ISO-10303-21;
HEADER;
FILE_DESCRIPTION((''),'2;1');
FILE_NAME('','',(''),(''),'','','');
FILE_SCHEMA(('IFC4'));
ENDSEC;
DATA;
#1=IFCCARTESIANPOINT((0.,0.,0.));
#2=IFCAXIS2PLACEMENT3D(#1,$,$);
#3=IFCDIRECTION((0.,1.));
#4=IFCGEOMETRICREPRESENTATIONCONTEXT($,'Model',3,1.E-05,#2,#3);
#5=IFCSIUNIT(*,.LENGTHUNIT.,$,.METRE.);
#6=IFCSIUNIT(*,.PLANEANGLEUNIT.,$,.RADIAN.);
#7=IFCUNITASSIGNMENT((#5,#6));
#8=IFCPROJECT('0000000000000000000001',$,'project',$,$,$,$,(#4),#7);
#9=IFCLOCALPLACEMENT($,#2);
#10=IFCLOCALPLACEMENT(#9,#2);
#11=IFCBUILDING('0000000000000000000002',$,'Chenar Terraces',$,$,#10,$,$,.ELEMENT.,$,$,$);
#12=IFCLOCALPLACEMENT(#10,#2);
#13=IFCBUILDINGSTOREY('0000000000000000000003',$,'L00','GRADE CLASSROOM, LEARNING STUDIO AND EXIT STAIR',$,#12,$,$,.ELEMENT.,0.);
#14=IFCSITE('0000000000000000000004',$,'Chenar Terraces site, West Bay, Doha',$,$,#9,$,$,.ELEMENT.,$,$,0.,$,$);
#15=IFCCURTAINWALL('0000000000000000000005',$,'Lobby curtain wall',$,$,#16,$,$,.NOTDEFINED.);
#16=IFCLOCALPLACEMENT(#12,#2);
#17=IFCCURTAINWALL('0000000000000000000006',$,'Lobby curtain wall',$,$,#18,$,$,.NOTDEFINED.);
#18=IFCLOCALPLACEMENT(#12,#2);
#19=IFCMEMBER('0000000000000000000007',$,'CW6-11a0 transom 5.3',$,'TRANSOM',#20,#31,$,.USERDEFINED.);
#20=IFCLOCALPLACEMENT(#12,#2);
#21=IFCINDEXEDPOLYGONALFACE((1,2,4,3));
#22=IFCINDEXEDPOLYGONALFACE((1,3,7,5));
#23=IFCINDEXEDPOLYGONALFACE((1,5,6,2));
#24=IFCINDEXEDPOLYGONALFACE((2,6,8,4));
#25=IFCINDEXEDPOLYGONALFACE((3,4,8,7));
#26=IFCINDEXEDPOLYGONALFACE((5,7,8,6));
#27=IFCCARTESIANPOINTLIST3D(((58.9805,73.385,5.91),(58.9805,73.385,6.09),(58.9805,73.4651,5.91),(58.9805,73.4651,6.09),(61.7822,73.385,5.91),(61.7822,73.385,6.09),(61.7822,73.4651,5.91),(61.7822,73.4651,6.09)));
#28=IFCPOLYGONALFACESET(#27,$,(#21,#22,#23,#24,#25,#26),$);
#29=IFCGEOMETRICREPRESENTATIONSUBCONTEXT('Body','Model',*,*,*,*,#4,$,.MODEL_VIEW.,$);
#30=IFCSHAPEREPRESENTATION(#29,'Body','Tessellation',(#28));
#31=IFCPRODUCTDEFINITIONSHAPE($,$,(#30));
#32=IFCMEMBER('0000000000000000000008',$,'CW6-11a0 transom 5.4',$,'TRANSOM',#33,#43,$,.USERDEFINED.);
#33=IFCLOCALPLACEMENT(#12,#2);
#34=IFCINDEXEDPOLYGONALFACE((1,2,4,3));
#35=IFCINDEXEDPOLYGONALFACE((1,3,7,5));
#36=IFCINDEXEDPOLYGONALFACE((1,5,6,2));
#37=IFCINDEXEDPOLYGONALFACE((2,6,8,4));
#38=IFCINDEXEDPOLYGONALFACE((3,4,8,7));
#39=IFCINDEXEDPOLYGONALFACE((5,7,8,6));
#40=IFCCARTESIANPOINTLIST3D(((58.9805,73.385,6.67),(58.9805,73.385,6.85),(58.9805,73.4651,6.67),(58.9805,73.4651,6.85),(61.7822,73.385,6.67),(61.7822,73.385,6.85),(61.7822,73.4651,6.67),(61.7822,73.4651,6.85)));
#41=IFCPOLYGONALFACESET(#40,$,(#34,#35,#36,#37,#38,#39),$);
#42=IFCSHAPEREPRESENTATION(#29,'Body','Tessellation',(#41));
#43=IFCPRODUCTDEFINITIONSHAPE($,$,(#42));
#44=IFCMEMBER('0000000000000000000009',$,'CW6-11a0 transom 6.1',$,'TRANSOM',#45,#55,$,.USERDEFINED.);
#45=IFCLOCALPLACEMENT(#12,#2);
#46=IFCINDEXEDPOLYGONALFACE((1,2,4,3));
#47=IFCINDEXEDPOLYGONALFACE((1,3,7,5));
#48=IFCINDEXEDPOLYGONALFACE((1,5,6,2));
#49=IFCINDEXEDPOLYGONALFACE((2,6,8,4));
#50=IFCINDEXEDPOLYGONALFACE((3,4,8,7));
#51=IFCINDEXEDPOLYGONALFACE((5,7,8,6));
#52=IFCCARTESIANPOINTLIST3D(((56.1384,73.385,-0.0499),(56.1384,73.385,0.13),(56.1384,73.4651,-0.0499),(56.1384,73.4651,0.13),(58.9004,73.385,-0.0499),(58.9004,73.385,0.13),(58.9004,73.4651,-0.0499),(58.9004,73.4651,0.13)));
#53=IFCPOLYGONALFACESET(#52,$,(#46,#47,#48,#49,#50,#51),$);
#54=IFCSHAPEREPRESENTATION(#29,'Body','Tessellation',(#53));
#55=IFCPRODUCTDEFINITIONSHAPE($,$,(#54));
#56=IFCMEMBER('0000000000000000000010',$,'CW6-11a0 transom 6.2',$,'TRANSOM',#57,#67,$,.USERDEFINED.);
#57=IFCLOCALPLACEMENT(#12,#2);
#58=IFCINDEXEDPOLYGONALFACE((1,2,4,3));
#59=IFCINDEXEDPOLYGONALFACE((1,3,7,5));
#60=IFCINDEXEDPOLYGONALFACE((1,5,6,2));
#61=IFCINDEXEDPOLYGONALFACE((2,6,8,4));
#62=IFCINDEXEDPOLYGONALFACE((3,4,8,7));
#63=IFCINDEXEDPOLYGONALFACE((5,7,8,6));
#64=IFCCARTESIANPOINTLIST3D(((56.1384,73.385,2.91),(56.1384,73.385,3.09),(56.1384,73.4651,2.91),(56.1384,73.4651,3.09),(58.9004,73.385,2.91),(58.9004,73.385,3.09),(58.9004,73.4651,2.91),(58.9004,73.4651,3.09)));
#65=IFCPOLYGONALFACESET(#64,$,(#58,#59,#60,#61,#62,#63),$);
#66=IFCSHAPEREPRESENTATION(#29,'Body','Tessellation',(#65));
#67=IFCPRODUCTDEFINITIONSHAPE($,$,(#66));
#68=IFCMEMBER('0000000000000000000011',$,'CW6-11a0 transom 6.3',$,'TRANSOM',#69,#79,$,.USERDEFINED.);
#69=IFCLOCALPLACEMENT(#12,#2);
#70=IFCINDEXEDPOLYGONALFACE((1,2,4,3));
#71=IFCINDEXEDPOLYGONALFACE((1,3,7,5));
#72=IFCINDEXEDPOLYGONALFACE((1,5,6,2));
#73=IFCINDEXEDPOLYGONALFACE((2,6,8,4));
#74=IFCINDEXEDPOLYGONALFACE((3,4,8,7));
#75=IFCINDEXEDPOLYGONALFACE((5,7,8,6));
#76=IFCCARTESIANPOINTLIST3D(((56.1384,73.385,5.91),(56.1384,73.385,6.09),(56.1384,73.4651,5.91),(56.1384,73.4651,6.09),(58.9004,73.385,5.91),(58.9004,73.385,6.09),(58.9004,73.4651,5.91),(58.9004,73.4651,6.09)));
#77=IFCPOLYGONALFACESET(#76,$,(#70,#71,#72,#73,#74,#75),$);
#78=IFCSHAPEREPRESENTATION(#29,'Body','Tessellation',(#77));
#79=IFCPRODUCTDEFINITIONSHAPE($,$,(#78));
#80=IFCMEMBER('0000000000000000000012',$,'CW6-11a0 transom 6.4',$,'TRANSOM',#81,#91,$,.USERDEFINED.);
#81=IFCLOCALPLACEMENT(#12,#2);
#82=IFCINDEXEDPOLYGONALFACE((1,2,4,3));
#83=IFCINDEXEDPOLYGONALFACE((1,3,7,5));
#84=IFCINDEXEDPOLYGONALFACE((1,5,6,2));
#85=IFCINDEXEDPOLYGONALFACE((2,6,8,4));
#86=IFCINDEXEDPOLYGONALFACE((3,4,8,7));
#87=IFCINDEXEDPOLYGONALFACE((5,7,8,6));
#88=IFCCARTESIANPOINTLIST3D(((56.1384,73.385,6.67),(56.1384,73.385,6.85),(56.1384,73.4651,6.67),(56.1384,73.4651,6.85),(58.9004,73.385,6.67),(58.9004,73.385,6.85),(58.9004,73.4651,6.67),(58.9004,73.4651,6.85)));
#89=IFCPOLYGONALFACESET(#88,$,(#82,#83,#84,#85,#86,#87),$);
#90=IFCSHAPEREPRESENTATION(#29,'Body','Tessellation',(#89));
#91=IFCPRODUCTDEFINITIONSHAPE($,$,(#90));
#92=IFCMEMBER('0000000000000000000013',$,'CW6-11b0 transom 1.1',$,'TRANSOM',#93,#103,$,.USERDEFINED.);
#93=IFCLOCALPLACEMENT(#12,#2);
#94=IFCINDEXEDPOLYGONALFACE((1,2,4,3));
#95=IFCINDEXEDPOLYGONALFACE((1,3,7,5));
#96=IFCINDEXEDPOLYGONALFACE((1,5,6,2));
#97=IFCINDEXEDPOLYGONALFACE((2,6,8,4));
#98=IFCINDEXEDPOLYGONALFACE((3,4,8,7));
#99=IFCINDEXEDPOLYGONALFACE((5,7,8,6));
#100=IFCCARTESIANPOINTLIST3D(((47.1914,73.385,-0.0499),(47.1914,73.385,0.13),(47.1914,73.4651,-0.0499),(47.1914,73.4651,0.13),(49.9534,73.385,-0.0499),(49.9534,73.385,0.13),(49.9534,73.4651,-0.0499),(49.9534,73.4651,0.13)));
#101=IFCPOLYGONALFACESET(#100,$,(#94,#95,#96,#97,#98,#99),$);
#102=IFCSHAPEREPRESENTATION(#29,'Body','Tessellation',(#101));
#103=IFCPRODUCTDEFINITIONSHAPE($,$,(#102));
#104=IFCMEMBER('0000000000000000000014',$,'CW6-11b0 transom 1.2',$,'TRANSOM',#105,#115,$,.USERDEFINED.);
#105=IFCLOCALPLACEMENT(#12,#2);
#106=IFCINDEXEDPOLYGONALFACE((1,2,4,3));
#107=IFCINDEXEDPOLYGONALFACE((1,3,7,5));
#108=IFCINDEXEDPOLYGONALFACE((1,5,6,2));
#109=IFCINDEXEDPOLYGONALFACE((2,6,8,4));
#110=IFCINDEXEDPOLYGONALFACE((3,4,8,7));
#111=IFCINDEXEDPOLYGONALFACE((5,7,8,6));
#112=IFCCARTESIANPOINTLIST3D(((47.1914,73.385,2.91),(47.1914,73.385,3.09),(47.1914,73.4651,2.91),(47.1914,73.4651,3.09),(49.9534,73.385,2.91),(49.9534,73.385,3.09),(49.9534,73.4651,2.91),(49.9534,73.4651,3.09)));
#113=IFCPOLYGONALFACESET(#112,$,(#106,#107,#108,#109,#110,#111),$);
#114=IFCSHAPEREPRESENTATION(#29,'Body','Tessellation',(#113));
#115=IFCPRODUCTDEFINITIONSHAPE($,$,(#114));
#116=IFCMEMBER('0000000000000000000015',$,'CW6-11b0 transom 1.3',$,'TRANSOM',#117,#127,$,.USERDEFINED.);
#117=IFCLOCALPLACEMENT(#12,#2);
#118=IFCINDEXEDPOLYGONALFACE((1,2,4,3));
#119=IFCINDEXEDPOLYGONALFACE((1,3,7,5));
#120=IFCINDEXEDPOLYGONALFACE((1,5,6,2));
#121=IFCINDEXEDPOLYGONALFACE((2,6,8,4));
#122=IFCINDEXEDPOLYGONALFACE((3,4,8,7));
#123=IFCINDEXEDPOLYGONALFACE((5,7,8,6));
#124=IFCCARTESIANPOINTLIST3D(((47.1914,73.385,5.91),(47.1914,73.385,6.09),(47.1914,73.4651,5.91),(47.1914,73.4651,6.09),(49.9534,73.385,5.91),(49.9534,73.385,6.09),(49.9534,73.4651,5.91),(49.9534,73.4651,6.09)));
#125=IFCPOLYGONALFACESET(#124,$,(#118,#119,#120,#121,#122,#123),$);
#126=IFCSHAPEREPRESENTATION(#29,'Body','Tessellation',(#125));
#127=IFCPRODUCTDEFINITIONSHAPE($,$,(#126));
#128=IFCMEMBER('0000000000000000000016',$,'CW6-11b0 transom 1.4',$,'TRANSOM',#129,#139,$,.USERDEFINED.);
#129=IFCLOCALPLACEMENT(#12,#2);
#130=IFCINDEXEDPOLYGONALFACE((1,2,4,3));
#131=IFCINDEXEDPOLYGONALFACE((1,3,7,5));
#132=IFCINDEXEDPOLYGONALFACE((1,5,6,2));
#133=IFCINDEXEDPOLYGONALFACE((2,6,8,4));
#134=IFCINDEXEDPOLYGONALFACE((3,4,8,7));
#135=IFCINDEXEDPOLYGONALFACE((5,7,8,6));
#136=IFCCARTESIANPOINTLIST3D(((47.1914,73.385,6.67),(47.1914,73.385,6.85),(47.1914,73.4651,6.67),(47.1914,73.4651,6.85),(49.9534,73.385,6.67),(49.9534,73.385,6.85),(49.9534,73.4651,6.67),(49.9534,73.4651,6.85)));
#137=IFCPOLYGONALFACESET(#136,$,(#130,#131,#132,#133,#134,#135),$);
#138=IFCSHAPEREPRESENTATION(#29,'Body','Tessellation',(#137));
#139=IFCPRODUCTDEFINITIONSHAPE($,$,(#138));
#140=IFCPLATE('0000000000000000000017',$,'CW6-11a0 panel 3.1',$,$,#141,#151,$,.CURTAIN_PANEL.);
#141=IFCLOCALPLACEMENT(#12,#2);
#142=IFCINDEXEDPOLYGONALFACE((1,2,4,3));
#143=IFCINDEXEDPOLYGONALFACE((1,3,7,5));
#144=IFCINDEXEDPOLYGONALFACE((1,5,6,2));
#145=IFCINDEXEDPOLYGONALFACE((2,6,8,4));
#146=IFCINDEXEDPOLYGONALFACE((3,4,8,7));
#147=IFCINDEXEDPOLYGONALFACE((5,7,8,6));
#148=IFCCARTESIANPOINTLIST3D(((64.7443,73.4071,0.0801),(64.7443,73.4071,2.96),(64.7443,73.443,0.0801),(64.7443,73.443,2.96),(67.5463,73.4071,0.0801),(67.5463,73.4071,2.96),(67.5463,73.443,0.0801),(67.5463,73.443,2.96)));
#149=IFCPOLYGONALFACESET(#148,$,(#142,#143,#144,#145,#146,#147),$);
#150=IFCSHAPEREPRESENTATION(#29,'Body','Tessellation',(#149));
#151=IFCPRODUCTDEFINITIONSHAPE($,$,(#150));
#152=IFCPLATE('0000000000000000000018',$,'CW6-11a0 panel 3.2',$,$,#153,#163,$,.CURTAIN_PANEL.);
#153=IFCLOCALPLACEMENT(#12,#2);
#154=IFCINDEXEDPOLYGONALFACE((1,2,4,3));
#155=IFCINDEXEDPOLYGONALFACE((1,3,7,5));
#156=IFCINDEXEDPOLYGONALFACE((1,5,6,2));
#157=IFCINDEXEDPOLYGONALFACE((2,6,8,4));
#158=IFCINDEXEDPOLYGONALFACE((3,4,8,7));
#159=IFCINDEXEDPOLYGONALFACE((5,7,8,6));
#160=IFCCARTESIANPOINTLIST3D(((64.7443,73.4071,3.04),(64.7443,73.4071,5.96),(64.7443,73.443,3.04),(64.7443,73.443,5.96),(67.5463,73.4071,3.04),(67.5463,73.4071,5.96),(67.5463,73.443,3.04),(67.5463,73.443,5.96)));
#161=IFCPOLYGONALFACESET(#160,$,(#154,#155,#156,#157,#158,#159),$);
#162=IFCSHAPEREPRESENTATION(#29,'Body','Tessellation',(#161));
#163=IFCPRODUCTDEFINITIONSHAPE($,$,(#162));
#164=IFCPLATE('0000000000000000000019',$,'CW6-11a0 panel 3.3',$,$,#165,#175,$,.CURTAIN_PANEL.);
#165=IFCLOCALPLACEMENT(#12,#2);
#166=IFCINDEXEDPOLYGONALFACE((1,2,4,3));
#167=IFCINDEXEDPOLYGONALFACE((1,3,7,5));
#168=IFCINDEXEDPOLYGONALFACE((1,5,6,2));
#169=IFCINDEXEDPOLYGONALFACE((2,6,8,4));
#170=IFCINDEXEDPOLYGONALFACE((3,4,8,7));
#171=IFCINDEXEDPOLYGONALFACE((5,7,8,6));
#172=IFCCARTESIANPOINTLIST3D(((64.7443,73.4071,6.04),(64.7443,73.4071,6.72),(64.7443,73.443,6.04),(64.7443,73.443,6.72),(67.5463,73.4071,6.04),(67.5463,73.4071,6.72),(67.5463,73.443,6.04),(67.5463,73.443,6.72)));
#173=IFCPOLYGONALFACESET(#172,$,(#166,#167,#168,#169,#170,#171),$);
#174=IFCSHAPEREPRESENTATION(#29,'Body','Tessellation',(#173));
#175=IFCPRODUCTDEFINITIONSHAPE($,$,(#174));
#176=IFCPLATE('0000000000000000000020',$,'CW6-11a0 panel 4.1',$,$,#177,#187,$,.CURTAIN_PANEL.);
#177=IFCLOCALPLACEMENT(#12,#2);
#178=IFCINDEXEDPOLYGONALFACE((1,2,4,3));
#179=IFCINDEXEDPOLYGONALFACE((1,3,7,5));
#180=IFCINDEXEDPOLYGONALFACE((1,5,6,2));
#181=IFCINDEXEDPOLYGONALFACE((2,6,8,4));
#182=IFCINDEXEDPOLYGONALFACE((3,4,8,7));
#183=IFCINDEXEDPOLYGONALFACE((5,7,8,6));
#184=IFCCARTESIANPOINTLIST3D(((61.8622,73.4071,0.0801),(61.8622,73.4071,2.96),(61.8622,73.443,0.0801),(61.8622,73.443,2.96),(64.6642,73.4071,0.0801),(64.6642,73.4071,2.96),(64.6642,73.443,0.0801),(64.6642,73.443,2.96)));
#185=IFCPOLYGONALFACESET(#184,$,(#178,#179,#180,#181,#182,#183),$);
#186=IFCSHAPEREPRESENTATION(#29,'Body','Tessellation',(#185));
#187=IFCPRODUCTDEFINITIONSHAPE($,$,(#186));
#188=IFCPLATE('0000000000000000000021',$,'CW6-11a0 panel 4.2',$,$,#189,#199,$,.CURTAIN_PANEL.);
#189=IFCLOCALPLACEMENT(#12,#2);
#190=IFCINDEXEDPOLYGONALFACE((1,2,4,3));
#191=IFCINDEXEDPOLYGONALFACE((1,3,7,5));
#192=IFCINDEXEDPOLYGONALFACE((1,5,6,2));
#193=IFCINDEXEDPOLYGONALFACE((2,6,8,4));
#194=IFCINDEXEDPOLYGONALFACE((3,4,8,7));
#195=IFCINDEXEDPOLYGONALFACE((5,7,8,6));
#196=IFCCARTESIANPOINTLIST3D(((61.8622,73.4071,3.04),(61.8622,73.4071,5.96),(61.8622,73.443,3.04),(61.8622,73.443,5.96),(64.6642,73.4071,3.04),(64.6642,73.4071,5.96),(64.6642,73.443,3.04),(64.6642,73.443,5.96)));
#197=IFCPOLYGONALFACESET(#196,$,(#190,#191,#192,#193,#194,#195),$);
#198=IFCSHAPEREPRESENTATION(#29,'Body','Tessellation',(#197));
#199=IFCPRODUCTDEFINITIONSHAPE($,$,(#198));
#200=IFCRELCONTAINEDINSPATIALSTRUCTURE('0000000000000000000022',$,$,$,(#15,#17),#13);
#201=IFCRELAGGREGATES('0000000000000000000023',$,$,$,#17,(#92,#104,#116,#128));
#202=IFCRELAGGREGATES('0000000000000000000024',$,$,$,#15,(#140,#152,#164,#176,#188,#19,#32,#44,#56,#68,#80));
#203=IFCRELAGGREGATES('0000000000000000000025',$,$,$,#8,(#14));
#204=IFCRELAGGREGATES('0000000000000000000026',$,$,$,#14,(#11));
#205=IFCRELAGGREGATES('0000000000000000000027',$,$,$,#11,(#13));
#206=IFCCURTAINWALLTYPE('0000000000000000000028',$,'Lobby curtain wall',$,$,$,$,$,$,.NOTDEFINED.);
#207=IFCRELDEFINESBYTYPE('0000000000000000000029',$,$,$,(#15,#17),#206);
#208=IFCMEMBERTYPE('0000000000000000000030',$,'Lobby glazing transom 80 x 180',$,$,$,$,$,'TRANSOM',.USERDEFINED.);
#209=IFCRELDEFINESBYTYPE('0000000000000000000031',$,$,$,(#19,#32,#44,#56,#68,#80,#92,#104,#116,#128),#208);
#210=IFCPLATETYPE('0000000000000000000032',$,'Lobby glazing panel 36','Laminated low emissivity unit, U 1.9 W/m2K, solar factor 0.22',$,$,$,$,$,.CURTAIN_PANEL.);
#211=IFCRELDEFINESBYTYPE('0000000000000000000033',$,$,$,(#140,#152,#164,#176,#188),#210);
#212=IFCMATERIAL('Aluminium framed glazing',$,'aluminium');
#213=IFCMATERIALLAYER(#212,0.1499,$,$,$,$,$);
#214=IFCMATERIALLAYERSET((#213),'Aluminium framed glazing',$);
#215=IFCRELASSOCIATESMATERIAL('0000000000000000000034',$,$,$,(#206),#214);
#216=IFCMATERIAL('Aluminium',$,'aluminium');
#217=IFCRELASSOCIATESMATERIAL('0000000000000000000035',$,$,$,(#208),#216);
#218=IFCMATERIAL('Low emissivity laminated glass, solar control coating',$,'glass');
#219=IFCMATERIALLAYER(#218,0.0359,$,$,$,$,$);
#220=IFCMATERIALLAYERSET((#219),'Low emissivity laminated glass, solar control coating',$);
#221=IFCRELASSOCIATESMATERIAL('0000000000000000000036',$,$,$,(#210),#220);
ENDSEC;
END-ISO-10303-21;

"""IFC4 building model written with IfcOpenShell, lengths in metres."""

from ifc_helpers import new_model, si_unit, direction, frame, origin, origin_2d, place, context, subcontext, project, spatial, rectangle, extrude, material, layer, layer_set, material_profile, profile_set, type_object, element, aggregate, save


model = new_model("IFC4")

# Units and contexts
model_context = context("Model", 3, precision=1e-05, world=origin(), true_north=direction((0.0, 1.0)))
body_context = subcontext(model_context, "Body", "Model", "MODEL_VIEW")
ifc_project = project(units=[si_unit("LENGTHUNIT", "METRE"), si_unit("PLANEANGLEUNIT", "RADIAN")], contexts=[model_context])

# Site, building, storey
site_placement = place(None, origin())
site = spatial("IfcSite", under=ifc_project, at=site_placement, Name="Chenar Terraces site, West Bay, Doha", CompositionType="ELEMENT", RefElevation=0.0)
building_placement = place(site_placement, origin())
building = spatial("IfcBuilding", under=site, at=building_placement, Name="Chenar Terraces", CompositionType="ELEMENT")
storey_placement = place(building_placement, origin())
storey = spatial("IfcBuildingStorey", under=building, at=storey_placement, Name="L00", Description="GRADE CLASSROOM, LEARNING STUDIO AND EXIT STAIR", CompositionType="ELEMENT", Elevation=0.0)

# Curtain wall
ifc_material_1 = material(Name="Aluminium framed glazing", Category="aluminium")
ifc_layer_1 = layer(ifc_material_1, 0.1499)
ifc_layer_set_1 = layer_set([ifc_layer_1], Name="Aluminium framed glazing")
curtain_wall_type = type_object("IfcCurtainWallType", Name="Lobby curtain wall", PredefinedType="NOTDEFINED", material=ifc_layer_set_1)
placement = place(storey_placement, origin())
curtain_wall_1 = element("IfcCurtainWall", 1, at=placement, inside=storey, type_object=curtain_wall_type, Name="Lobby curtain wall", PredefinedType="NOTDEFINED")

# Curtain wall
curtain_wall_2 = element("IfcCurtainWall", 2, at=placement, inside=storey, type_object=curtain_wall_type, Name="Lobby curtain wall", PredefinedType="NOTDEFINED")

# Members
ifc_material_2 = material(Name="Aluminium", Category="aluminium")
ifc_material_profile_1 = material_profile(ifc_material_2, rectangle(XDim=0.0801, YDim=0.1799, at=origin_2d()), Name="Lobby glazing transom 80 x 180")
ifc_profile_set_1 = profile_set([ifc_material_profile_1], Name="Aluminium")
member_type_1 = type_object("IfcMemberType", Name="Lobby glazing transom 80 x 180", ElementType="TRANSOM", PredefinedType="USERDEFINED", material=ifc_profile_set_1)
member_1_placement = place(storey_placement, frame((61.7822, 73.425, 6.0), z_axis=(-1.0, 0.0, 0.0), x_axis=(0.0, -1.0, 0.0)))
member_1 = element("IfcMember", 3, at=member_1_placement, type_object=member_type_1, Name="CW6-11a0 transom 5.3", ObjectType="TRANSOM", PredefinedType="USERDEFINED", context=body_context, shape_type="SweptSolid", body=[
    extrude(rectangle(XDim=0.0801, YDim=0.1799, at=origin_2d()), origin(), (0.0, 0.0, 1.0), 2.8018),
])
member_2_placement = place(storey_placement, frame((61.7822, 73.425, 6.76), z_axis=(-1.0, 0.0, 0.0), x_axis=(0.0, -1.0, 0.0)))
member_2 = element("IfcMember", 4, at=member_2_placement, type_object=member_type_1, Name="CW6-11a0 transom 5.4", ObjectType="TRANSOM", PredefinedType="USERDEFINED", context=body_context, shape_type="SweptSolid", body=[
    extrude(rectangle(XDim=0.0801, YDim=0.1799, at=origin_2d()), origin(), (0.0, 0.0, 1.0), 2.8018),
])
member_3_placement = place(storey_placement, frame((58.9004, 73.425, 0.04), z_axis=(-1.0, 0.0, 0.0), x_axis=(0.0, -1.0, 0.0)))
member_3 = element("IfcMember", 5, at=member_3_placement, type_object=member_type_1, Name="CW6-11a0 transom 6.1", ObjectType="TRANSOM", PredefinedType="USERDEFINED", context=body_context, shape_type="SweptSolid", body=[
    extrude(rectangle(XDim=0.0801, YDim=0.1799, at=origin_2d()), origin(), (0.0, 0.0, 1.0), 2.762),
])
member_4_placement = place(storey_placement, frame((58.9004, 73.425, 3.0), z_axis=(-1.0, 0.0, 0.0), x_axis=(0.0, -1.0, 0.0)))
member_4 = element("IfcMember", 6, at=member_4_placement, type_object=member_type_1, Name="CW6-11a0 transom 6.2", ObjectType="TRANSOM", PredefinedType="USERDEFINED", context=body_context, shape_type="SweptSolid", body=[
    extrude(rectangle(XDim=0.0801, YDim=0.1799, at=origin_2d()), origin(), (0.0, 0.0, 1.0), 2.762),
])
member_5_placement = place(storey_placement, frame((58.9004, 73.425, 6.0), z_axis=(-1.0, 0.0, 0.0), x_axis=(0.0, -1.0, 0.0)))
member_5 = element("IfcMember", 7, at=member_5_placement, type_object=member_type_1, Name="CW6-11a0 transom 6.3", ObjectType="TRANSOM", PredefinedType="USERDEFINED", context=body_context, shape_type="SweptSolid", body=[
    extrude(rectangle(XDim=0.0801, YDim=0.1799, at=origin_2d()), origin(), (0.0, 0.0, 1.0), 2.762),
])
member_6_placement = place(storey_placement, frame((58.9004, 73.425, 6.76), z_axis=(-1.0, 0.0, 0.0), x_axis=(0.0, -1.0, 0.0)))
member_6 = element("IfcMember", 8, at=member_6_placement, type_object=member_type_1, Name="CW6-11a0 transom 6.4", ObjectType="TRANSOM", PredefinedType="USERDEFINED", context=body_context, shape_type="SweptSolid", body=[
    extrude(rectangle(XDim=0.0801, YDim=0.1799, at=origin_2d()), origin(), (0.0, 0.0, 1.0), 2.762),
])
member_7_placement = place(storey_placement, frame((49.9534, 73.425, 0.04), z_axis=(-1.0, 0.0, 0.0), x_axis=(0.0, -1.0, 0.0)))
member_7 = element("IfcMember", 9, at=member_7_placement, type_object=member_type_1, Name="CW6-11b0 transom 1.1", ObjectType="TRANSOM", PredefinedType="USERDEFINED", context=body_context, shape_type="SweptSolid", body=[
    extrude(rectangle(XDim=0.0801, YDim=0.1799, at=origin_2d()), origin(), (0.0, 0.0, 1.0), 2.762),
])
member_8_placement = place(storey_placement, frame((49.9534, 73.425, 3.0), z_axis=(-1.0, 0.0, 0.0), x_axis=(0.0, -1.0, 0.0)))
member_8 = element("IfcMember", 10, at=member_8_placement, type_object=member_type_1, Name="CW6-11b0 transom 1.2", ObjectType="TRANSOM", PredefinedType="USERDEFINED", context=body_context, shape_type="SweptSolid", body=[
    extrude(rectangle(XDim=0.0801, YDim=0.1799, at=origin_2d()), origin(), (0.0, 0.0, 1.0), 2.762),
])
member_9_placement = place(storey_placement, frame((49.9534, 73.425, 6.0), z_axis=(-1.0, 0.0, 0.0), x_axis=(0.0, -1.0, 0.0)))
member_9 = element("IfcMember", 11, at=member_9_placement, type_object=member_type_1, Name="CW6-11b0 transom 1.3", ObjectType="TRANSOM", PredefinedType="USERDEFINED", context=body_context, shape_type="SweptSolid", body=[
    extrude(rectangle(XDim=0.0801, YDim=0.1799, at=origin_2d()), origin(), (0.0, 0.0, 1.0), 2.762),
])
member_10_placement = place(storey_placement, frame((49.9534, 73.425, 6.76), z_axis=(-1.0, 0.0, 0.0), x_axis=(0.0, -1.0, 0.0)))
member_10 = element("IfcMember", 12, at=member_10_placement, type_object=member_type_1, Name="CW6-11b0 transom 1.4", ObjectType="TRANSOM", PredefinedType="USERDEFINED", context=body_context, shape_type="SweptSolid", body=[
    extrude(rectangle(XDim=0.0801, YDim=0.1799, at=origin_2d()), origin(), (0.0, 0.0, 1.0), 2.762),
])
aggregate(curtain_wall_2, [member_7, member_8, member_9, member_10])

# Plates
ifc_material_3 = material(Name="Low emissivity laminated glass, solar control coating", Category="glass")
ifc_layer_2 = layer(ifc_material_3, 0.0359)
ifc_layer_set_2 = layer_set([ifc_layer_2], Name="Low emissivity laminated glass, solar control coating")
plate_type = type_object("IfcPlateType", Name="Lobby glazing panel 36", Description="Laminated low emissivity unit, U 1.9 W/m2K, solar factor 0.22", PredefinedType="CURTAIN_PANEL", material=ifc_layer_set_2)
plate_1_placement = place(storey_placement, frame((66.1453, 73.425, 0.0801), z_axis=(0.0, 0.0, 1.0), x_axis=(-1.0, 0.0, 0.0)))
plate_1 = element("IfcPlate", 13, at=plate_1_placement, type_object=plate_type, Name="CW6-11a0 panel 3.1", PredefinedType="CURTAIN_PANEL", context=body_context, shape_type="SweptSolid", body=[
    extrude(rectangle(XDim=2.802, YDim=0.0359, at=origin_2d()), origin(), (0.0, 0.0, 1.0), 2.8799),
])
plate_2_placement = place(storey_placement, frame((66.1453, 73.425, 3.04), z_axis=(0.0, 0.0, 1.0), x_axis=(-1.0, 0.0, 0.0)))
plate_2 = element("IfcPlate", 14, at=plate_2_placement, type_object=plate_type, Name="CW6-11a0 panel 3.2", PredefinedType="CURTAIN_PANEL", context=body_context, shape_type="SweptSolid", body=[
    extrude(rectangle(XDim=2.802, YDim=0.0359, at=origin_2d()), origin(), (0.0, 0.0, 1.0), 2.9199),
])
plate_3_placement = place(storey_placement, frame((66.1453, 73.425, 6.04), z_axis=(0.0, 0.0, 1.0), x_axis=(-1.0, 0.0, 0.0)))
plate_3 = element("IfcPlate", 15, at=plate_3_placement, type_object=plate_type, Name="CW6-11a0 panel 3.3", PredefinedType="CURTAIN_PANEL", context=body_context, shape_type="SweptSolid", body=[
    extrude(rectangle(XDim=2.802, YDim=0.0359, at=origin_2d()), origin(), (0.0, 0.0, 1.0), 0.6799),
])
plate_4_placement = place(storey_placement, frame((63.2632, 73.425, 0.0801), z_axis=(0.0, 0.0, 1.0), x_axis=(-1.0, 0.0, 0.0)))
plate_4 = element("IfcPlate", 16, at=plate_4_placement, type_object=plate_type, Name="CW6-11a0 panel 4.1", PredefinedType="CURTAIN_PANEL", context=body_context, shape_type="SweptSolid", body=[
    extrude(rectangle(XDim=2.802, YDim=0.0359, at=origin_2d()), origin(), (0.0, 0.0, 1.0), 2.8799),
])
plate_5_placement = place(storey_placement, frame((63.2632, 73.425, 3.04), z_axis=(0.0, 0.0, 1.0), x_axis=(-1.0, 0.0, 0.0)))
plate_5 = element("IfcPlate", 17, at=plate_5_placement, type_object=plate_type, Name="CW6-11a0 panel 4.2", PredefinedType="CURTAIN_PANEL", context=body_context, shape_type="SweptSolid", body=[
    extrude(rectangle(XDim=2.802, YDim=0.0359, at=origin_2d()), origin(), (0.0, 0.0, 1.0), 2.9199),
])
aggregate(curtain_wall_1, [plate_1, plate_2, plate_3, plate_4, plate_5, member_1, member_2, member_3, member_4, member_5, member_6])

save(model, "model.ifc")
